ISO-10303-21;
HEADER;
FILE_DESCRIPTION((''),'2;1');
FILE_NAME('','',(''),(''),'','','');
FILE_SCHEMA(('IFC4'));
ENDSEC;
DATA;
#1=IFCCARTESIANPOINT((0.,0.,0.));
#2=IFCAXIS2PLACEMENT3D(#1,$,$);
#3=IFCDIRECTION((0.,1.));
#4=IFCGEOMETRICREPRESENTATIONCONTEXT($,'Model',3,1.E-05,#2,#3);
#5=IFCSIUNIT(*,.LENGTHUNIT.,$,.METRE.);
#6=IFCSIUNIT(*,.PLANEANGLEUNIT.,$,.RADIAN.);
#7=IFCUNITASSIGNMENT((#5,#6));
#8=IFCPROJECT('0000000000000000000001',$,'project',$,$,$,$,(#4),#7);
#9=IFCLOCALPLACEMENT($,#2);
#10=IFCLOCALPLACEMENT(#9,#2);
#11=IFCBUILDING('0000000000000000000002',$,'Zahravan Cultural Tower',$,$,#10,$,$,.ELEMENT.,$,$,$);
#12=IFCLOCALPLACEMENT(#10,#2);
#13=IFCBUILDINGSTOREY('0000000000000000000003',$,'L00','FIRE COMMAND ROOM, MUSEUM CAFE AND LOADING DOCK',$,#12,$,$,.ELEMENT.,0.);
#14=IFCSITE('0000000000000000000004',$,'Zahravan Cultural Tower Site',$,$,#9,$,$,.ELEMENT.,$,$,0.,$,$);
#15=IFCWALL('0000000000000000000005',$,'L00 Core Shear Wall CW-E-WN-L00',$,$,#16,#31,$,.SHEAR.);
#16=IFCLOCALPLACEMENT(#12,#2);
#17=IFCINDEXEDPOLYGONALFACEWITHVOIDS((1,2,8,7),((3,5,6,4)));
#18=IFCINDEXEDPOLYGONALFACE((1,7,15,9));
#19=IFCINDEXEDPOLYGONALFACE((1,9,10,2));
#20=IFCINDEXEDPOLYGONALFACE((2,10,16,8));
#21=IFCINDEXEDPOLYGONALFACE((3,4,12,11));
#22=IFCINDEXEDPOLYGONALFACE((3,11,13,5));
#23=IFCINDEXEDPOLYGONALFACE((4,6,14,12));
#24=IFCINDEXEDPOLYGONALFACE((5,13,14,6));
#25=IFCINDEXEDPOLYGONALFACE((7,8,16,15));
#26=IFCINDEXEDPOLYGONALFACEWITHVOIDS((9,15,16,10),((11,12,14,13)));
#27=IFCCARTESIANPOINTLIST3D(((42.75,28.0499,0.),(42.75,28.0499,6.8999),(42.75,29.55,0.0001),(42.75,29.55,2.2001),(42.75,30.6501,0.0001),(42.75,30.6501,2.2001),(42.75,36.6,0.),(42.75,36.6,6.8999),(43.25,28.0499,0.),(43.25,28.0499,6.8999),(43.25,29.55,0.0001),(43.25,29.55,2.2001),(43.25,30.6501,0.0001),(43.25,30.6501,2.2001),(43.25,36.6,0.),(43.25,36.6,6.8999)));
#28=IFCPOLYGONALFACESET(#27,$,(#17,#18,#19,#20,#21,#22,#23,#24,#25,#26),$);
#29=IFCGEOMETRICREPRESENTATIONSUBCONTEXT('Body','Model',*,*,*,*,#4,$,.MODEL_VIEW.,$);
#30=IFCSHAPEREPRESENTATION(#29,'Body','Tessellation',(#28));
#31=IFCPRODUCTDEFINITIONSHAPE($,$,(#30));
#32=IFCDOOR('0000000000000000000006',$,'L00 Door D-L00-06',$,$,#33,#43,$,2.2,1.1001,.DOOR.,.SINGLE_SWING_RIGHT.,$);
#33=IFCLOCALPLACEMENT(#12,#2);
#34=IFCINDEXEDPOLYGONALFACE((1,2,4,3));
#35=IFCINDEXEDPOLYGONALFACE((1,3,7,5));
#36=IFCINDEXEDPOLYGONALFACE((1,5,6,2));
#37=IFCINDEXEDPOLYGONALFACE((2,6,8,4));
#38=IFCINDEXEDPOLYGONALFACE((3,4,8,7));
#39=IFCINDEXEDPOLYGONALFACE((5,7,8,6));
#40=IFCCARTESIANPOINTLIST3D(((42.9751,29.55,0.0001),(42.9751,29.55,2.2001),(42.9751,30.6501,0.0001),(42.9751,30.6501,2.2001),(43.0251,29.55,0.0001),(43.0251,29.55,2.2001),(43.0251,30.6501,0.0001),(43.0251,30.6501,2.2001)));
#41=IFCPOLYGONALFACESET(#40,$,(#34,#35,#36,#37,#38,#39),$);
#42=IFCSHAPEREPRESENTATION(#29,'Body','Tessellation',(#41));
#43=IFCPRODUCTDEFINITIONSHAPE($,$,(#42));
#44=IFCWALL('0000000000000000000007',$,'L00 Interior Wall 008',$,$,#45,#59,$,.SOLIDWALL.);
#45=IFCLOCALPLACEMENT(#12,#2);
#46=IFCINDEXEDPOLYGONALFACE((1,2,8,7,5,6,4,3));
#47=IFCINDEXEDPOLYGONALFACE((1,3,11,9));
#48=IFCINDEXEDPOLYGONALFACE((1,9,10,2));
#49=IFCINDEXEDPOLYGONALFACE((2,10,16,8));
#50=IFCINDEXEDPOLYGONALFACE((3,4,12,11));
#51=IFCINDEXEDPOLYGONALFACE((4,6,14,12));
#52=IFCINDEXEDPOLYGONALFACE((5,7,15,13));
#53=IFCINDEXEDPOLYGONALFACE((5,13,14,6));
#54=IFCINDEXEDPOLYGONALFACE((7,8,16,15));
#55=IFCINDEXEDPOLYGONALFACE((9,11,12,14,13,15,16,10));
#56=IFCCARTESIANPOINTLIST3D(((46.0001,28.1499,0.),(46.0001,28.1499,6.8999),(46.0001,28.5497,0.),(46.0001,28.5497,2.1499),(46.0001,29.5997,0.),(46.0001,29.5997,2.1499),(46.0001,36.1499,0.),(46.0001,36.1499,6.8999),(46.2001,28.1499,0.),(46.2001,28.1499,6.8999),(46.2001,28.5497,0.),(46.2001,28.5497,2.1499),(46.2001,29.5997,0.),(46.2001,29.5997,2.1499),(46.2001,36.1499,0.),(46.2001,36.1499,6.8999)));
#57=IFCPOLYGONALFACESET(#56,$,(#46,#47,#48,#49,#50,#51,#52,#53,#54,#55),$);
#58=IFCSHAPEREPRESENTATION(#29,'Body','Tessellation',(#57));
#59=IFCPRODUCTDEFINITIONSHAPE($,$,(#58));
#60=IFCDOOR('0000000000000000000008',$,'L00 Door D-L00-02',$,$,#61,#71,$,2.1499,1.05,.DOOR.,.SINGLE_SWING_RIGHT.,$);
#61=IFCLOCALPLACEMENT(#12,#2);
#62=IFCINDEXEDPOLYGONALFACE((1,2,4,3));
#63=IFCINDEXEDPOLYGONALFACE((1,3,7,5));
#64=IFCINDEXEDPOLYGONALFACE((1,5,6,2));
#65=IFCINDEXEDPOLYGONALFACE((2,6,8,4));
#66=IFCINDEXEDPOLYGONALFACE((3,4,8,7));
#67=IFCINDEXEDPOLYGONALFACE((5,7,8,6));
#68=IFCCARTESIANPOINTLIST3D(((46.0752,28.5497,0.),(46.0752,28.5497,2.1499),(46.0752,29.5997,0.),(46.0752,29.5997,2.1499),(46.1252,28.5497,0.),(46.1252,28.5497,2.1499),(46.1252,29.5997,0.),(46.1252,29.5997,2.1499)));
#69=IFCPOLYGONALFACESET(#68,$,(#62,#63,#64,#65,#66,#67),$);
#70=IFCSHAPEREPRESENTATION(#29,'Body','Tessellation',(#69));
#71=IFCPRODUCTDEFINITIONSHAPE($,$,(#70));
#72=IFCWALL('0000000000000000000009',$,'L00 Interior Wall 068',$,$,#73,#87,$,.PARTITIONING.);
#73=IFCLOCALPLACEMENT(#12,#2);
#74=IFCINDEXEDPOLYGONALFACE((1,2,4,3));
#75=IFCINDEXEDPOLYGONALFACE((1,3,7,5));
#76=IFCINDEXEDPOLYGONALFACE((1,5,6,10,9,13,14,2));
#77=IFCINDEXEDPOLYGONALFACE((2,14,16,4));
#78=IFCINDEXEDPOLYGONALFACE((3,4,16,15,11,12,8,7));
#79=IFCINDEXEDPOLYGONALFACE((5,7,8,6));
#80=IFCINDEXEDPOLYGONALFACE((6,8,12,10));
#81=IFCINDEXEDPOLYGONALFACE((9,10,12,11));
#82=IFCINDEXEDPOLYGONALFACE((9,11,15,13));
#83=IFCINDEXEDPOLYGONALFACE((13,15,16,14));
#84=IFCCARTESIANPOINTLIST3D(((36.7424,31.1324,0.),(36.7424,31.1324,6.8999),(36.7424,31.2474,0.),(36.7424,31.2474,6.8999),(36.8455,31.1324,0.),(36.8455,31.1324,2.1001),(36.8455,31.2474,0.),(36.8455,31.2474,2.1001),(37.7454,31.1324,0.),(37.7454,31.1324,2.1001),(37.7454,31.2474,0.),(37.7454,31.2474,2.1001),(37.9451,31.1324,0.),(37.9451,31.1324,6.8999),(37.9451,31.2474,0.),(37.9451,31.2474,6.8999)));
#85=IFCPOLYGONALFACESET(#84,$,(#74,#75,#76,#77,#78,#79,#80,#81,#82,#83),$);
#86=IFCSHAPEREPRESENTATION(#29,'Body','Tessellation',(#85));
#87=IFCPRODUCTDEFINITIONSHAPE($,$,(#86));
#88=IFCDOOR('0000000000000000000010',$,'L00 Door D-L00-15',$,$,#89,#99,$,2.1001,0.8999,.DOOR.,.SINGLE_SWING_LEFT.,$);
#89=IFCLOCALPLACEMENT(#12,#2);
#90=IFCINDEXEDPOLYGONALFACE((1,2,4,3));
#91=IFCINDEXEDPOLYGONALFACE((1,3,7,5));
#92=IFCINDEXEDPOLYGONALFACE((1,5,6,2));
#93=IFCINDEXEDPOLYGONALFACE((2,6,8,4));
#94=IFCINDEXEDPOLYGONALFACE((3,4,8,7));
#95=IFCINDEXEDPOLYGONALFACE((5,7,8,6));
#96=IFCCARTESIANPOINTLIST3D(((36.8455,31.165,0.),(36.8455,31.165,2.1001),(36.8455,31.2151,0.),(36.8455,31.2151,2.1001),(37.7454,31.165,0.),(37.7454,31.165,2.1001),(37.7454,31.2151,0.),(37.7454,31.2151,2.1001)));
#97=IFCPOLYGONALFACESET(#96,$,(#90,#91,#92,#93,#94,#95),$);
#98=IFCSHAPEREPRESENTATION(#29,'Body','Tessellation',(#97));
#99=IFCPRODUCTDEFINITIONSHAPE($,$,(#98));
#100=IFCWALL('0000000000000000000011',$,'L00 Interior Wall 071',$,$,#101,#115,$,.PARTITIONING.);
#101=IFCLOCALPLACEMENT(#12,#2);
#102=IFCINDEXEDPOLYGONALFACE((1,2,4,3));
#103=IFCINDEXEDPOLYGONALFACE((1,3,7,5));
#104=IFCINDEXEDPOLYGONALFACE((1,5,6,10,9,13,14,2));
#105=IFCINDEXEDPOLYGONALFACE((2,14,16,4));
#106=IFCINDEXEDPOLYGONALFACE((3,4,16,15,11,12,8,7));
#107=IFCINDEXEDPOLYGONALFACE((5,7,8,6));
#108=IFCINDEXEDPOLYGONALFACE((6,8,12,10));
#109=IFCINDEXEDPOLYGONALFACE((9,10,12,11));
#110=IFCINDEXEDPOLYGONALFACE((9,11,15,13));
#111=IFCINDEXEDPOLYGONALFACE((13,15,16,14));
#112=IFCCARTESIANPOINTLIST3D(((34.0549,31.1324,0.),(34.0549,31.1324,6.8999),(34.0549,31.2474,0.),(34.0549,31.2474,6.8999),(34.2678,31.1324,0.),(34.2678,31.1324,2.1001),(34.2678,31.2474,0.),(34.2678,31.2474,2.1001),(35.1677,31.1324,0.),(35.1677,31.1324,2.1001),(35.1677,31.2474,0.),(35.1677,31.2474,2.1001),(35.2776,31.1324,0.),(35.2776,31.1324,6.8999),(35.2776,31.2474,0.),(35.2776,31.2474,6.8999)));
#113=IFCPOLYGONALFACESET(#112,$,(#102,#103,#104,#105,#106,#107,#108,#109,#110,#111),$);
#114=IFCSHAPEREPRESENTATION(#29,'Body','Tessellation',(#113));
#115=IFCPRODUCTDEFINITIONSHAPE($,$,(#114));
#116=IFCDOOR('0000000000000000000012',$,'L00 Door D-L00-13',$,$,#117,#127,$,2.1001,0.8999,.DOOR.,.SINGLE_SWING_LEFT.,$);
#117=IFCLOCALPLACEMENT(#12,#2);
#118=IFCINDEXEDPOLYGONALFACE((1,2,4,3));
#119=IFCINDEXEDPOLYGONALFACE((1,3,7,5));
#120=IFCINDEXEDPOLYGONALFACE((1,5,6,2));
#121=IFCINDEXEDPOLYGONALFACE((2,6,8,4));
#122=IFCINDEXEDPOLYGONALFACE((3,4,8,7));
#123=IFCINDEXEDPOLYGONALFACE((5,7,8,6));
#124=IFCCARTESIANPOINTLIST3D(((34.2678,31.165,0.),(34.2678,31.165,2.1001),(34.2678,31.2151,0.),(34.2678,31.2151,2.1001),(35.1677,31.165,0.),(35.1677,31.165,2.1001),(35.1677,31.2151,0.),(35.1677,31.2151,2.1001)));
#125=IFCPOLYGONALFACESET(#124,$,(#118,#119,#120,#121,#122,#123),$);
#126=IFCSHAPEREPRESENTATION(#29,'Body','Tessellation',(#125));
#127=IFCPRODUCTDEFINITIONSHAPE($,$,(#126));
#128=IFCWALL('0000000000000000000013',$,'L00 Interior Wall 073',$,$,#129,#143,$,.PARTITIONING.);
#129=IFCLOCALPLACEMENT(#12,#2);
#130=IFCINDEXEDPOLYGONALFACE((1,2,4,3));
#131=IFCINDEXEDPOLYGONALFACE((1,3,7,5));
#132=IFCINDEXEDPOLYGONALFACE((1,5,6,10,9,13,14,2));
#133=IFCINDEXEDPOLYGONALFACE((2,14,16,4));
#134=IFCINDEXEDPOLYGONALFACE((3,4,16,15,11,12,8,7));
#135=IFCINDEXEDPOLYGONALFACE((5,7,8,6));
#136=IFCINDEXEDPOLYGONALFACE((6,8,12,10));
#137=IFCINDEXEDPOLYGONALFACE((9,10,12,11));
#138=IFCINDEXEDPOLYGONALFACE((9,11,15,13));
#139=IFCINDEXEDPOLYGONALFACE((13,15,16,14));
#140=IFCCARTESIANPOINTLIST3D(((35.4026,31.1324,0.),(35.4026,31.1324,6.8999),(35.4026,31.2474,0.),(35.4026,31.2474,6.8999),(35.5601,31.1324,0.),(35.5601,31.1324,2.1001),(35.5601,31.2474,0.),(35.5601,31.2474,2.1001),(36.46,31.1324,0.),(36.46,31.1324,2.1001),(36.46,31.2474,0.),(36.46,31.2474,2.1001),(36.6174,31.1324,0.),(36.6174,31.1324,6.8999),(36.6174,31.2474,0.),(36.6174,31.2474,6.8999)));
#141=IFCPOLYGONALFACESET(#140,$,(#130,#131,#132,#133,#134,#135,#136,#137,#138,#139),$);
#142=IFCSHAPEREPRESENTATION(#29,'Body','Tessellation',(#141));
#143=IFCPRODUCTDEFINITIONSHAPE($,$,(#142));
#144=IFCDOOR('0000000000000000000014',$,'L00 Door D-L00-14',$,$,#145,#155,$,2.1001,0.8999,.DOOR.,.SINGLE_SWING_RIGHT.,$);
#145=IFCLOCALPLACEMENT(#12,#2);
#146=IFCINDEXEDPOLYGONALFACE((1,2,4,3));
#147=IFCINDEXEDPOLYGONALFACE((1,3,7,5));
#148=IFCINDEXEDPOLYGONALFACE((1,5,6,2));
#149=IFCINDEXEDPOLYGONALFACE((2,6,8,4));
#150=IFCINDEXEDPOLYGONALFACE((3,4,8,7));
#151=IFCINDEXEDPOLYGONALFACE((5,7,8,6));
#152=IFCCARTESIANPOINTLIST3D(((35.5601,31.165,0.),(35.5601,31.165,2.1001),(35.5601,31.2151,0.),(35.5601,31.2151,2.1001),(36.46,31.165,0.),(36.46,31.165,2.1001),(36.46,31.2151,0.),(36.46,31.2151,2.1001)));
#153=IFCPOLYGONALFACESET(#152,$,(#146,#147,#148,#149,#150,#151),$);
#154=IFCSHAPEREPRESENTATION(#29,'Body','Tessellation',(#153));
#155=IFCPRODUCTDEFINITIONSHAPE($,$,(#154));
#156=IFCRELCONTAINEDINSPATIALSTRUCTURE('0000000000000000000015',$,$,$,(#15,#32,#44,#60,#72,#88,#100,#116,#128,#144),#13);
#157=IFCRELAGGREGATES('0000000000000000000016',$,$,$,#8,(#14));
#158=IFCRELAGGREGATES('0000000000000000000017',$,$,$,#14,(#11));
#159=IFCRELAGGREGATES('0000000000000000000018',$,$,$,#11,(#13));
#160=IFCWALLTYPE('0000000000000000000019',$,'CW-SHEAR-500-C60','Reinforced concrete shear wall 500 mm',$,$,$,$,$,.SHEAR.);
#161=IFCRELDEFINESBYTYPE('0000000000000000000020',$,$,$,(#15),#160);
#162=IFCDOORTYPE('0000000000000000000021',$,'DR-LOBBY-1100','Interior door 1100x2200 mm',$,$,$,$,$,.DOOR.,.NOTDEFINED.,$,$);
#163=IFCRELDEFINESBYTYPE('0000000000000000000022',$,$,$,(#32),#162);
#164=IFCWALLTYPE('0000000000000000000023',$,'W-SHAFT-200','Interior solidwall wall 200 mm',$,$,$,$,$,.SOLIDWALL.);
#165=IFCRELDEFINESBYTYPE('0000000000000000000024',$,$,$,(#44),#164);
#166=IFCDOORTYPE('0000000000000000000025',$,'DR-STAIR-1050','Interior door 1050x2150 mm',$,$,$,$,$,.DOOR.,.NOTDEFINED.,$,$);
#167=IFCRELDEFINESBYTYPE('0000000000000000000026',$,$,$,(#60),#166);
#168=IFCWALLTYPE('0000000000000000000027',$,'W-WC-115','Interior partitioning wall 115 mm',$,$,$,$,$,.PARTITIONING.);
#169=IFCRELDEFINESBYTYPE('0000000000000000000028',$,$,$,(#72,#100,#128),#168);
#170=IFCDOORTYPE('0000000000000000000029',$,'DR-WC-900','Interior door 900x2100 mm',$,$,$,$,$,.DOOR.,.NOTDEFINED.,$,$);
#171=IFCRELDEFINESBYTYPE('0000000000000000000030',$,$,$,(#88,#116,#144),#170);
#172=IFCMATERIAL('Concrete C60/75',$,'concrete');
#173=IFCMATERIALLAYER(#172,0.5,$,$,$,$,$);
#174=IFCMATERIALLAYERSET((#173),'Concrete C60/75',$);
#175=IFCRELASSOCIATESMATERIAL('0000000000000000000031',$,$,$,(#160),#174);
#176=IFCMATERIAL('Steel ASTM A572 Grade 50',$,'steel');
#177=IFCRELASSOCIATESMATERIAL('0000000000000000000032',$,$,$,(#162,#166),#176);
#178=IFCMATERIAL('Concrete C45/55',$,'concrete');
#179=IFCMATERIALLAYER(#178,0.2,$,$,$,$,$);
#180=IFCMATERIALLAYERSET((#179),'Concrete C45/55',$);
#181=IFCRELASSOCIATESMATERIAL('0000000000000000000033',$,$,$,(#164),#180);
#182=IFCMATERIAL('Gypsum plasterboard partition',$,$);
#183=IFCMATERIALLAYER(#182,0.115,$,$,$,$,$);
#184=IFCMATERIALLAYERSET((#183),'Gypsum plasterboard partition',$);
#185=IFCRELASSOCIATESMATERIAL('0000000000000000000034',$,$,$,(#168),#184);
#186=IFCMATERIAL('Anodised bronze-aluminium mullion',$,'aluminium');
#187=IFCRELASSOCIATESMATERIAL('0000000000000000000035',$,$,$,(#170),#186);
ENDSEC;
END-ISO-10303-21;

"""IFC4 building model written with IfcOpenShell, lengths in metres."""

from ifc_helpers import new_model, si_unit, direction, frame, frame_2d, origin, place, context, subcontext, project, spatial, rectangle, extrude, source, transform, mapped, material, layer, layer_set, type_object, element, fill, save


model = new_model("IFC4")

# Units and contexts
model_context = context("Model", 3, precision=1e-05, world=origin(), true_north=direction((0.0, 1.0)))
body_context = subcontext(model_context, "Body", "Model", "MODEL_VIEW")
ifc_project = project(units=[si_unit("LENGTHUNIT", "METRE"), si_unit("PLANEANGLEUNIT", "RADIAN")], contexts=[model_context])

# Site, building, storey
site_placement = place(None, origin())
site = spatial("IfcSite", under=ifc_project, at=site_placement, Name="Zahravan Cultural Tower Site", CompositionType="ELEMENT", RefElevation=0.0)
building_placement = place(site_placement, origin())
building = spatial("IfcBuilding", under=site, at=building_placement, Name="Zahravan Cultural Tower", CompositionType="ELEMENT")
storey_placement = place(building_placement, origin())
storey = spatial("IfcBuildingStorey", under=building, at=storey_placement, Name="L00", Description="FIRE COMMAND ROOM, MUSEUM CAFE AND LOADING DOCK", CompositionType="ELEMENT", Elevation=0.0)

# Walls, openings, doors
ifc_material_1 = material(Name="Concrete C60/75", Category="concrete")
ifc_layer_1 = layer(ifc_material_1, 0.5)
ifc_layer_set_1 = layer_set([ifc_layer_1], Name="Concrete C60/75")
wall_type_1 = type_object("IfcWallType", Name="CW-SHEAR-500-C60", Description="Reinforced concrete shear wall 500 mm", PredefinedType="SHEAR", material=ifc_layer_set_1)
wall_1_placement = place(storey_placement, frame((43.0, 28.05, 0.0), z_axis=(0.0, 0.0, 1.0), x_axis=(0.0, 1.0, 0.0)))
wall_1 = element("IfcWall", 1, at=wall_1_placement, inside=storey, type_object=wall_type_1, Name="L00 Core Shear Wall CW-E-WN-L00", PredefinedType="SHEAR", context=body_context, shape_type="SweptSolid", body=[
    extrude(rectangle(XDim=8.55, YDim=0.5, at=frame_2d((4.2749, 0.0))), origin(), (0.0, 0.0, 1.0), 6.8999),
])
opening_1_placement = place(wall_1_placement, frame((1.5, 0.0, 0.0)))
opening_1 = element("IfcOpeningElement", 2, at=opening_1_placement, cuts=wall_1, PredefinedType="OPENING", context=body_context, shape_type="SweptSolid", body=[
    extrude(rectangle(XDim=1.1001, YDim=2.2, at=frame_2d((0.55, 1.1001))), frame((0.0, 0.26, 0.0), z_axis=(0.0, -1.0, 0.0), x_axis=(1.0, 0.0, 0.0)), (0.0, 0.0, 1.0), 0.52),
])
ifc_material_2 = material(Name="Steel ASTM A572 Grade 50", Category="steel")
door_type_1 = type_object("IfcDoorType", Name="DR-LOBBY-1100", Description="Interior door 1100x2200 mm", OperationType="NOTDEFINED", PredefinedType="DOOR", material=ifc_material_2)
shared_shape_1 = source(origin(), body_context, "Body", "SweptSolid", [
    extrude(rectangle(XDim=1.1001, YDim=2.2, at=frame_2d((0.55, 1.1001))), frame((0.0, 0.0249, 0.0), z_axis=(0.0, -1.0, 0.0), x_axis=(1.0, 0.0, 0.0)), (0.0, 0.0, 1.0), 0.05),
])
door_1_placement = place(opening_1_placement, origin())
door_1 = element("IfcDoor", 3, at=door_1_placement, inside=storey, type_object=door_type_1, Name="L00 Door D-L00-06", OperationType="SINGLE_SWING_RIGHT", OverallHeight=2.2, OverallWidth=1.1001, PredefinedType="DOOR", context=body_context, shape_type="MappedRepresentation", body=[
    mapped(shared_shape_1, transform((0.0, 0.0, 0.0), x_axis=(1.0, 0.0, 0.0), y_axis=(0.0, 1.0, 0.0), z_axis=(0.0, 0.0, 1.0), scale=1.0)),
])
fill(opening_1, door_1)
ifc_material_3 = material(Name="Concrete C45/55", Category="concrete")
ifc_layer_2 = layer(ifc_material_3, 0.2)
ifc_layer_set_2 = layer_set([ifc_layer_2], Name="Concrete C45/55")
wall_type_2 = type_object("IfcWallType", Name="W-SHAFT-200", Description="Interior solidwall wall 200 mm", PredefinedType="SOLIDWALL", material=ifc_layer_set_2)
wall_2_placement = place(storey_placement, frame((46.1001, 28.1499, 0.0), z_axis=(0.0, 0.0, 1.0), x_axis=(0.0, 1.0, 0.0)))
wall_2 = element("IfcWall", 4, at=wall_2_placement, inside=storey, type_object=wall_type_2, Name="L00 Interior Wall 008", PredefinedType="SOLIDWALL", context=body_context, shape_type="SweptSolid", body=[
    extrude(rectangle(XDim=8.0, YDim=0.2, at=frame_2d((4.0, 0.0))), origin(), (0.0, 0.0, 1.0), 6.8999),
])
opening_2_placement = place(wall_2_placement, frame((0.3999, 0.0, 0.0)))
opening_2 = element("IfcOpeningElement", 5, at=opening_2_placement, cuts=wall_2, PredefinedType="OPENING", context=body_context, shape_type="SweptSolid", body=[
    extrude(rectangle(XDim=1.05, YDim=2.1499, at=frame_2d((0.5249, 1.075))), frame((0.0, 0.1099, 0.0), z_axis=(0.0, -1.0, 0.0), x_axis=(1.0, 0.0, 0.0)), (0.0, 0.0, 1.0), 0.22),
])
door_type_2 = type_object("IfcDoorType", Name="DR-STAIR-1050", Description="Interior door 1050x2150 mm", OperationType="NOTDEFINED", PredefinedType="DOOR", material=ifc_material_2)
shared_shape_2 = source(origin(), body_context, "Body", "SweptSolid", [
    extrude(rectangle(XDim=1.05, YDim=2.1499, at=frame_2d((0.5249, 1.075))), frame((0.0, 0.0249, 0.0), z_axis=(0.0, -1.0, 0.0), x_axis=(1.0, 0.0, 0.0)), (0.0, 0.0, 1.0), 0.05),
])
door_2_placement = place(opening_2_placement, origin())
door_2 = element("IfcDoor", 6, at=door_2_placement, inside=storey, type_object=door_type_2, Name="L00 Door D-L00-02", OperationType="SINGLE_SWING_RIGHT", OverallHeight=2.1499, OverallWidth=1.05, PredefinedType="DOOR", context=body_context, shape_type="MappedRepresentation", body=[
    mapped(shared_shape_2, transform((0.0, 0.0, 0.0), x_axis=(1.0, 0.0, 0.0), y_axis=(0.0, 1.0, 0.0), z_axis=(0.0, 0.0, 1.0), scale=1.0)),
])
fill(opening_2, door_2)
ifc_material_4 = material(Name="Gypsum plasterboard partition")
ifc_layer_3 = layer(ifc_material_4, 0.115)
ifc_layer_set_3 = layer_set([ifc_layer_3], Name="Gypsum plasterboard partition")
wall_type_3 = type_object("IfcWallType", Name="W-WC-115", Description="Interior partitioning wall 115 mm", PredefinedType="PARTITIONING", material=ifc_layer_set_3)
wall_3_placement = place(storey_placement, frame((37.9451, 31.1899, 0.0), z_axis=(0.0, 0.0, 1.0), x_axis=(-1.0, 0.0, 0.0)))
wall_3 = element("IfcWall", 7, at=wall_3_placement, inside=storey, type_object=wall_type_3, Name="L00 Interior Wall 068", PredefinedType="PARTITIONING", context=body_context, shape_type="SweptSolid", body=[
    extrude(rectangle(XDim=1.2026, YDim=0.115, at=frame_2d((0.6013, 0.0))), origin(), (0.0, 0.0, 1.0), 6.8999),
])
opening_3_placement = place(wall_3_placement, frame((0.1997, 0.0, 0.0)))
opening_3 = element("IfcOpeningElement", 8, at=opening_3_placement, cuts=wall_3, PredefinedType="OPENING", context=body_context, shape_type="SweptSolid", body=[
    extrude(rectangle(XDim=0.8999, YDim=2.1001, at=frame_2d((0.45, 1.05))), frame((0.0, 0.0674, 0.0), z_axis=(0.0, -1.0, 0.0), x_axis=(1.0, 0.0, 0.0)), (0.0, 0.0, 1.0), 0.135),
])
ifc_material_5 = material(Name="Anodised bronze-aluminium mullion", Category="aluminium")
door_type_3 = type_object("IfcDoorType", Name="DR-WC-900", Description="Interior door 900x2100 mm", OperationType="NOTDEFINED", PredefinedType="DOOR", material=ifc_material_5)
shared_shape_3 = source(origin(), body_context, "Body", "SweptSolid", [
    extrude(rectangle(XDim=0.8999, YDim=2.1001, at=frame_2d((0.45, 1.05))), frame((0.0, 0.0249, 0.0), z_axis=(0.0, -1.0, 0.0), x_axis=(1.0, 0.0, 0.0)), (0.0, 0.0, 1.0), 0.05),
])
door_3_placement = place(opening_3_placement, origin())
door_3 = element("IfcDoor", 9, at=door_3_placement, inside=storey, type_object=door_type_3, Name="L00 Door D-L00-15", OperationType="SINGLE_SWING_LEFT", OverallHeight=2.1001, OverallWidth=0.8999, PredefinedType="DOOR", context=body_context, shape_type="MappedRepresentation", body=[
    mapped(shared_shape_3, transform((0.0, 0.0, 0.0), x_axis=(1.0, 0.0, 0.0), y_axis=(0.0, 1.0, 0.0), z_axis=(0.0, 0.0, 1.0), scale=1.0)),
])
fill(opening_3, door_3)
wall_4_placement = place(storey_placement, frame((35.2776, 31.1899, 0.0), z_axis=(0.0, 0.0, 1.0), x_axis=(-1.0, 0.0, 0.0)))
wall_4 = element("IfcWall", 10, at=wall_4_placement, inside=storey, type_object=wall_type_3, Name="L00 Interior Wall 071", PredefinedType="PARTITIONING", context=body_context, shape_type="SweptSolid", body=[
    extrude(rectangle(XDim=1.2227, YDim=0.115, at=frame_2d((0.6113, 0.0))), origin(), (0.0, 0.0, 1.0), 6.8999),
])
opening_4_placement = place(wall_4_placement, frame((0.1099, 0.0, 0.0)))
opening_4 = element("IfcOpeningElement", 11, at=opening_4_placement, cuts=wall_4, PredefinedType="OPENING", context=body_context, shape_type="SweptSolid", body=[
    extrude(rectangle(XDim=0.8999, YDim=2.1001, at=frame_2d((0.45, 1.05))), frame((0.0, 0.0674, 0.0), z_axis=(0.0, -1.0, 0.0), x_axis=(1.0, 0.0, 0.0)), (0.0, 0.0, 1.0), 0.135),
])
door_4_placement = place(opening_4_placement, origin())
door_4 = element("IfcDoor", 12, at=door_4_placement, inside=storey, type_object=door_type_3, Name="L00 Door D-L00-13", OperationType="SINGLE_SWING_LEFT", OverallHeight=2.1001, OverallWidth=0.8999, PredefinedType="DOOR", context=body_context, shape_type="MappedRepresentation", body=[
    mapped(shared_shape_3, transform((0.0, 0.0, 0.0), x_axis=(1.0, 0.0, 0.0), y_axis=(0.0, 1.0, 0.0), z_axis=(0.0, 0.0, 1.0), scale=1.0)),
])
fill(opening_4, door_4)
wall_5_placement = place(storey_placement, frame((36.6174, 31.1899, 0.0), z_axis=(0.0, 0.0, 1.0), x_axis=(-1.0, 0.0, 0.0)))
wall_5 = element("IfcWall", 13, at=wall_5_placement, inside=storey, type_object=wall_type_3, Name="L00 Interior Wall 073", PredefinedType="PARTITIONING", context=body_context, shape_type="SweptSolid", body=[
    extrude(rectangle(XDim=1.2148, YDim=0.115, at=frame_2d((0.6074, 0.0))), origin(), (0.0, 0.0, 1.0), 6.8999),
])
opening_5_placement = place(wall_5_placement, frame((0.1575, 0.0, 0.0)))
opening_5 = element("IfcOpeningElement", 14, at=opening_5_placement, cuts=wall_5, PredefinedType="OPENING", context=body_context, shape_type="SweptSolid", body=[
    extrude(rectangle(XDim=0.8999, YDim=2.1001, at=frame_2d((0.45, 1.05))), frame((0.0, 0.0674, 0.0), z_axis=(0.0, -1.0, 0.0), x_axis=(1.0, 0.0, 0.0)), (0.0, 0.0, 1.0), 0.135),
])
door_5_placement = place(opening_5_placement, origin())
door_5 = element("IfcDoor", 15, at=door_5_placement, inside=storey, type_object=door_type_3, Name="L00 Door D-L00-14", OperationType="SINGLE_SWING_RIGHT", OverallHeight=2.1001, OverallWidth=0.8999, PredefinedType="DOOR", context=body_context, shape_type="MappedRepresentation", body=[
    mapped(shared_shape_3, transform((0.0, 0.0, 0.0), x_axis=(1.0, 0.0, 0.0), y_axis=(0.0, 1.0, 0.0), z_axis=(0.0, 0.0, 1.0), scale=1.0)),
])
fill(opening_5, door_5)

save(model, "model.ifc")
